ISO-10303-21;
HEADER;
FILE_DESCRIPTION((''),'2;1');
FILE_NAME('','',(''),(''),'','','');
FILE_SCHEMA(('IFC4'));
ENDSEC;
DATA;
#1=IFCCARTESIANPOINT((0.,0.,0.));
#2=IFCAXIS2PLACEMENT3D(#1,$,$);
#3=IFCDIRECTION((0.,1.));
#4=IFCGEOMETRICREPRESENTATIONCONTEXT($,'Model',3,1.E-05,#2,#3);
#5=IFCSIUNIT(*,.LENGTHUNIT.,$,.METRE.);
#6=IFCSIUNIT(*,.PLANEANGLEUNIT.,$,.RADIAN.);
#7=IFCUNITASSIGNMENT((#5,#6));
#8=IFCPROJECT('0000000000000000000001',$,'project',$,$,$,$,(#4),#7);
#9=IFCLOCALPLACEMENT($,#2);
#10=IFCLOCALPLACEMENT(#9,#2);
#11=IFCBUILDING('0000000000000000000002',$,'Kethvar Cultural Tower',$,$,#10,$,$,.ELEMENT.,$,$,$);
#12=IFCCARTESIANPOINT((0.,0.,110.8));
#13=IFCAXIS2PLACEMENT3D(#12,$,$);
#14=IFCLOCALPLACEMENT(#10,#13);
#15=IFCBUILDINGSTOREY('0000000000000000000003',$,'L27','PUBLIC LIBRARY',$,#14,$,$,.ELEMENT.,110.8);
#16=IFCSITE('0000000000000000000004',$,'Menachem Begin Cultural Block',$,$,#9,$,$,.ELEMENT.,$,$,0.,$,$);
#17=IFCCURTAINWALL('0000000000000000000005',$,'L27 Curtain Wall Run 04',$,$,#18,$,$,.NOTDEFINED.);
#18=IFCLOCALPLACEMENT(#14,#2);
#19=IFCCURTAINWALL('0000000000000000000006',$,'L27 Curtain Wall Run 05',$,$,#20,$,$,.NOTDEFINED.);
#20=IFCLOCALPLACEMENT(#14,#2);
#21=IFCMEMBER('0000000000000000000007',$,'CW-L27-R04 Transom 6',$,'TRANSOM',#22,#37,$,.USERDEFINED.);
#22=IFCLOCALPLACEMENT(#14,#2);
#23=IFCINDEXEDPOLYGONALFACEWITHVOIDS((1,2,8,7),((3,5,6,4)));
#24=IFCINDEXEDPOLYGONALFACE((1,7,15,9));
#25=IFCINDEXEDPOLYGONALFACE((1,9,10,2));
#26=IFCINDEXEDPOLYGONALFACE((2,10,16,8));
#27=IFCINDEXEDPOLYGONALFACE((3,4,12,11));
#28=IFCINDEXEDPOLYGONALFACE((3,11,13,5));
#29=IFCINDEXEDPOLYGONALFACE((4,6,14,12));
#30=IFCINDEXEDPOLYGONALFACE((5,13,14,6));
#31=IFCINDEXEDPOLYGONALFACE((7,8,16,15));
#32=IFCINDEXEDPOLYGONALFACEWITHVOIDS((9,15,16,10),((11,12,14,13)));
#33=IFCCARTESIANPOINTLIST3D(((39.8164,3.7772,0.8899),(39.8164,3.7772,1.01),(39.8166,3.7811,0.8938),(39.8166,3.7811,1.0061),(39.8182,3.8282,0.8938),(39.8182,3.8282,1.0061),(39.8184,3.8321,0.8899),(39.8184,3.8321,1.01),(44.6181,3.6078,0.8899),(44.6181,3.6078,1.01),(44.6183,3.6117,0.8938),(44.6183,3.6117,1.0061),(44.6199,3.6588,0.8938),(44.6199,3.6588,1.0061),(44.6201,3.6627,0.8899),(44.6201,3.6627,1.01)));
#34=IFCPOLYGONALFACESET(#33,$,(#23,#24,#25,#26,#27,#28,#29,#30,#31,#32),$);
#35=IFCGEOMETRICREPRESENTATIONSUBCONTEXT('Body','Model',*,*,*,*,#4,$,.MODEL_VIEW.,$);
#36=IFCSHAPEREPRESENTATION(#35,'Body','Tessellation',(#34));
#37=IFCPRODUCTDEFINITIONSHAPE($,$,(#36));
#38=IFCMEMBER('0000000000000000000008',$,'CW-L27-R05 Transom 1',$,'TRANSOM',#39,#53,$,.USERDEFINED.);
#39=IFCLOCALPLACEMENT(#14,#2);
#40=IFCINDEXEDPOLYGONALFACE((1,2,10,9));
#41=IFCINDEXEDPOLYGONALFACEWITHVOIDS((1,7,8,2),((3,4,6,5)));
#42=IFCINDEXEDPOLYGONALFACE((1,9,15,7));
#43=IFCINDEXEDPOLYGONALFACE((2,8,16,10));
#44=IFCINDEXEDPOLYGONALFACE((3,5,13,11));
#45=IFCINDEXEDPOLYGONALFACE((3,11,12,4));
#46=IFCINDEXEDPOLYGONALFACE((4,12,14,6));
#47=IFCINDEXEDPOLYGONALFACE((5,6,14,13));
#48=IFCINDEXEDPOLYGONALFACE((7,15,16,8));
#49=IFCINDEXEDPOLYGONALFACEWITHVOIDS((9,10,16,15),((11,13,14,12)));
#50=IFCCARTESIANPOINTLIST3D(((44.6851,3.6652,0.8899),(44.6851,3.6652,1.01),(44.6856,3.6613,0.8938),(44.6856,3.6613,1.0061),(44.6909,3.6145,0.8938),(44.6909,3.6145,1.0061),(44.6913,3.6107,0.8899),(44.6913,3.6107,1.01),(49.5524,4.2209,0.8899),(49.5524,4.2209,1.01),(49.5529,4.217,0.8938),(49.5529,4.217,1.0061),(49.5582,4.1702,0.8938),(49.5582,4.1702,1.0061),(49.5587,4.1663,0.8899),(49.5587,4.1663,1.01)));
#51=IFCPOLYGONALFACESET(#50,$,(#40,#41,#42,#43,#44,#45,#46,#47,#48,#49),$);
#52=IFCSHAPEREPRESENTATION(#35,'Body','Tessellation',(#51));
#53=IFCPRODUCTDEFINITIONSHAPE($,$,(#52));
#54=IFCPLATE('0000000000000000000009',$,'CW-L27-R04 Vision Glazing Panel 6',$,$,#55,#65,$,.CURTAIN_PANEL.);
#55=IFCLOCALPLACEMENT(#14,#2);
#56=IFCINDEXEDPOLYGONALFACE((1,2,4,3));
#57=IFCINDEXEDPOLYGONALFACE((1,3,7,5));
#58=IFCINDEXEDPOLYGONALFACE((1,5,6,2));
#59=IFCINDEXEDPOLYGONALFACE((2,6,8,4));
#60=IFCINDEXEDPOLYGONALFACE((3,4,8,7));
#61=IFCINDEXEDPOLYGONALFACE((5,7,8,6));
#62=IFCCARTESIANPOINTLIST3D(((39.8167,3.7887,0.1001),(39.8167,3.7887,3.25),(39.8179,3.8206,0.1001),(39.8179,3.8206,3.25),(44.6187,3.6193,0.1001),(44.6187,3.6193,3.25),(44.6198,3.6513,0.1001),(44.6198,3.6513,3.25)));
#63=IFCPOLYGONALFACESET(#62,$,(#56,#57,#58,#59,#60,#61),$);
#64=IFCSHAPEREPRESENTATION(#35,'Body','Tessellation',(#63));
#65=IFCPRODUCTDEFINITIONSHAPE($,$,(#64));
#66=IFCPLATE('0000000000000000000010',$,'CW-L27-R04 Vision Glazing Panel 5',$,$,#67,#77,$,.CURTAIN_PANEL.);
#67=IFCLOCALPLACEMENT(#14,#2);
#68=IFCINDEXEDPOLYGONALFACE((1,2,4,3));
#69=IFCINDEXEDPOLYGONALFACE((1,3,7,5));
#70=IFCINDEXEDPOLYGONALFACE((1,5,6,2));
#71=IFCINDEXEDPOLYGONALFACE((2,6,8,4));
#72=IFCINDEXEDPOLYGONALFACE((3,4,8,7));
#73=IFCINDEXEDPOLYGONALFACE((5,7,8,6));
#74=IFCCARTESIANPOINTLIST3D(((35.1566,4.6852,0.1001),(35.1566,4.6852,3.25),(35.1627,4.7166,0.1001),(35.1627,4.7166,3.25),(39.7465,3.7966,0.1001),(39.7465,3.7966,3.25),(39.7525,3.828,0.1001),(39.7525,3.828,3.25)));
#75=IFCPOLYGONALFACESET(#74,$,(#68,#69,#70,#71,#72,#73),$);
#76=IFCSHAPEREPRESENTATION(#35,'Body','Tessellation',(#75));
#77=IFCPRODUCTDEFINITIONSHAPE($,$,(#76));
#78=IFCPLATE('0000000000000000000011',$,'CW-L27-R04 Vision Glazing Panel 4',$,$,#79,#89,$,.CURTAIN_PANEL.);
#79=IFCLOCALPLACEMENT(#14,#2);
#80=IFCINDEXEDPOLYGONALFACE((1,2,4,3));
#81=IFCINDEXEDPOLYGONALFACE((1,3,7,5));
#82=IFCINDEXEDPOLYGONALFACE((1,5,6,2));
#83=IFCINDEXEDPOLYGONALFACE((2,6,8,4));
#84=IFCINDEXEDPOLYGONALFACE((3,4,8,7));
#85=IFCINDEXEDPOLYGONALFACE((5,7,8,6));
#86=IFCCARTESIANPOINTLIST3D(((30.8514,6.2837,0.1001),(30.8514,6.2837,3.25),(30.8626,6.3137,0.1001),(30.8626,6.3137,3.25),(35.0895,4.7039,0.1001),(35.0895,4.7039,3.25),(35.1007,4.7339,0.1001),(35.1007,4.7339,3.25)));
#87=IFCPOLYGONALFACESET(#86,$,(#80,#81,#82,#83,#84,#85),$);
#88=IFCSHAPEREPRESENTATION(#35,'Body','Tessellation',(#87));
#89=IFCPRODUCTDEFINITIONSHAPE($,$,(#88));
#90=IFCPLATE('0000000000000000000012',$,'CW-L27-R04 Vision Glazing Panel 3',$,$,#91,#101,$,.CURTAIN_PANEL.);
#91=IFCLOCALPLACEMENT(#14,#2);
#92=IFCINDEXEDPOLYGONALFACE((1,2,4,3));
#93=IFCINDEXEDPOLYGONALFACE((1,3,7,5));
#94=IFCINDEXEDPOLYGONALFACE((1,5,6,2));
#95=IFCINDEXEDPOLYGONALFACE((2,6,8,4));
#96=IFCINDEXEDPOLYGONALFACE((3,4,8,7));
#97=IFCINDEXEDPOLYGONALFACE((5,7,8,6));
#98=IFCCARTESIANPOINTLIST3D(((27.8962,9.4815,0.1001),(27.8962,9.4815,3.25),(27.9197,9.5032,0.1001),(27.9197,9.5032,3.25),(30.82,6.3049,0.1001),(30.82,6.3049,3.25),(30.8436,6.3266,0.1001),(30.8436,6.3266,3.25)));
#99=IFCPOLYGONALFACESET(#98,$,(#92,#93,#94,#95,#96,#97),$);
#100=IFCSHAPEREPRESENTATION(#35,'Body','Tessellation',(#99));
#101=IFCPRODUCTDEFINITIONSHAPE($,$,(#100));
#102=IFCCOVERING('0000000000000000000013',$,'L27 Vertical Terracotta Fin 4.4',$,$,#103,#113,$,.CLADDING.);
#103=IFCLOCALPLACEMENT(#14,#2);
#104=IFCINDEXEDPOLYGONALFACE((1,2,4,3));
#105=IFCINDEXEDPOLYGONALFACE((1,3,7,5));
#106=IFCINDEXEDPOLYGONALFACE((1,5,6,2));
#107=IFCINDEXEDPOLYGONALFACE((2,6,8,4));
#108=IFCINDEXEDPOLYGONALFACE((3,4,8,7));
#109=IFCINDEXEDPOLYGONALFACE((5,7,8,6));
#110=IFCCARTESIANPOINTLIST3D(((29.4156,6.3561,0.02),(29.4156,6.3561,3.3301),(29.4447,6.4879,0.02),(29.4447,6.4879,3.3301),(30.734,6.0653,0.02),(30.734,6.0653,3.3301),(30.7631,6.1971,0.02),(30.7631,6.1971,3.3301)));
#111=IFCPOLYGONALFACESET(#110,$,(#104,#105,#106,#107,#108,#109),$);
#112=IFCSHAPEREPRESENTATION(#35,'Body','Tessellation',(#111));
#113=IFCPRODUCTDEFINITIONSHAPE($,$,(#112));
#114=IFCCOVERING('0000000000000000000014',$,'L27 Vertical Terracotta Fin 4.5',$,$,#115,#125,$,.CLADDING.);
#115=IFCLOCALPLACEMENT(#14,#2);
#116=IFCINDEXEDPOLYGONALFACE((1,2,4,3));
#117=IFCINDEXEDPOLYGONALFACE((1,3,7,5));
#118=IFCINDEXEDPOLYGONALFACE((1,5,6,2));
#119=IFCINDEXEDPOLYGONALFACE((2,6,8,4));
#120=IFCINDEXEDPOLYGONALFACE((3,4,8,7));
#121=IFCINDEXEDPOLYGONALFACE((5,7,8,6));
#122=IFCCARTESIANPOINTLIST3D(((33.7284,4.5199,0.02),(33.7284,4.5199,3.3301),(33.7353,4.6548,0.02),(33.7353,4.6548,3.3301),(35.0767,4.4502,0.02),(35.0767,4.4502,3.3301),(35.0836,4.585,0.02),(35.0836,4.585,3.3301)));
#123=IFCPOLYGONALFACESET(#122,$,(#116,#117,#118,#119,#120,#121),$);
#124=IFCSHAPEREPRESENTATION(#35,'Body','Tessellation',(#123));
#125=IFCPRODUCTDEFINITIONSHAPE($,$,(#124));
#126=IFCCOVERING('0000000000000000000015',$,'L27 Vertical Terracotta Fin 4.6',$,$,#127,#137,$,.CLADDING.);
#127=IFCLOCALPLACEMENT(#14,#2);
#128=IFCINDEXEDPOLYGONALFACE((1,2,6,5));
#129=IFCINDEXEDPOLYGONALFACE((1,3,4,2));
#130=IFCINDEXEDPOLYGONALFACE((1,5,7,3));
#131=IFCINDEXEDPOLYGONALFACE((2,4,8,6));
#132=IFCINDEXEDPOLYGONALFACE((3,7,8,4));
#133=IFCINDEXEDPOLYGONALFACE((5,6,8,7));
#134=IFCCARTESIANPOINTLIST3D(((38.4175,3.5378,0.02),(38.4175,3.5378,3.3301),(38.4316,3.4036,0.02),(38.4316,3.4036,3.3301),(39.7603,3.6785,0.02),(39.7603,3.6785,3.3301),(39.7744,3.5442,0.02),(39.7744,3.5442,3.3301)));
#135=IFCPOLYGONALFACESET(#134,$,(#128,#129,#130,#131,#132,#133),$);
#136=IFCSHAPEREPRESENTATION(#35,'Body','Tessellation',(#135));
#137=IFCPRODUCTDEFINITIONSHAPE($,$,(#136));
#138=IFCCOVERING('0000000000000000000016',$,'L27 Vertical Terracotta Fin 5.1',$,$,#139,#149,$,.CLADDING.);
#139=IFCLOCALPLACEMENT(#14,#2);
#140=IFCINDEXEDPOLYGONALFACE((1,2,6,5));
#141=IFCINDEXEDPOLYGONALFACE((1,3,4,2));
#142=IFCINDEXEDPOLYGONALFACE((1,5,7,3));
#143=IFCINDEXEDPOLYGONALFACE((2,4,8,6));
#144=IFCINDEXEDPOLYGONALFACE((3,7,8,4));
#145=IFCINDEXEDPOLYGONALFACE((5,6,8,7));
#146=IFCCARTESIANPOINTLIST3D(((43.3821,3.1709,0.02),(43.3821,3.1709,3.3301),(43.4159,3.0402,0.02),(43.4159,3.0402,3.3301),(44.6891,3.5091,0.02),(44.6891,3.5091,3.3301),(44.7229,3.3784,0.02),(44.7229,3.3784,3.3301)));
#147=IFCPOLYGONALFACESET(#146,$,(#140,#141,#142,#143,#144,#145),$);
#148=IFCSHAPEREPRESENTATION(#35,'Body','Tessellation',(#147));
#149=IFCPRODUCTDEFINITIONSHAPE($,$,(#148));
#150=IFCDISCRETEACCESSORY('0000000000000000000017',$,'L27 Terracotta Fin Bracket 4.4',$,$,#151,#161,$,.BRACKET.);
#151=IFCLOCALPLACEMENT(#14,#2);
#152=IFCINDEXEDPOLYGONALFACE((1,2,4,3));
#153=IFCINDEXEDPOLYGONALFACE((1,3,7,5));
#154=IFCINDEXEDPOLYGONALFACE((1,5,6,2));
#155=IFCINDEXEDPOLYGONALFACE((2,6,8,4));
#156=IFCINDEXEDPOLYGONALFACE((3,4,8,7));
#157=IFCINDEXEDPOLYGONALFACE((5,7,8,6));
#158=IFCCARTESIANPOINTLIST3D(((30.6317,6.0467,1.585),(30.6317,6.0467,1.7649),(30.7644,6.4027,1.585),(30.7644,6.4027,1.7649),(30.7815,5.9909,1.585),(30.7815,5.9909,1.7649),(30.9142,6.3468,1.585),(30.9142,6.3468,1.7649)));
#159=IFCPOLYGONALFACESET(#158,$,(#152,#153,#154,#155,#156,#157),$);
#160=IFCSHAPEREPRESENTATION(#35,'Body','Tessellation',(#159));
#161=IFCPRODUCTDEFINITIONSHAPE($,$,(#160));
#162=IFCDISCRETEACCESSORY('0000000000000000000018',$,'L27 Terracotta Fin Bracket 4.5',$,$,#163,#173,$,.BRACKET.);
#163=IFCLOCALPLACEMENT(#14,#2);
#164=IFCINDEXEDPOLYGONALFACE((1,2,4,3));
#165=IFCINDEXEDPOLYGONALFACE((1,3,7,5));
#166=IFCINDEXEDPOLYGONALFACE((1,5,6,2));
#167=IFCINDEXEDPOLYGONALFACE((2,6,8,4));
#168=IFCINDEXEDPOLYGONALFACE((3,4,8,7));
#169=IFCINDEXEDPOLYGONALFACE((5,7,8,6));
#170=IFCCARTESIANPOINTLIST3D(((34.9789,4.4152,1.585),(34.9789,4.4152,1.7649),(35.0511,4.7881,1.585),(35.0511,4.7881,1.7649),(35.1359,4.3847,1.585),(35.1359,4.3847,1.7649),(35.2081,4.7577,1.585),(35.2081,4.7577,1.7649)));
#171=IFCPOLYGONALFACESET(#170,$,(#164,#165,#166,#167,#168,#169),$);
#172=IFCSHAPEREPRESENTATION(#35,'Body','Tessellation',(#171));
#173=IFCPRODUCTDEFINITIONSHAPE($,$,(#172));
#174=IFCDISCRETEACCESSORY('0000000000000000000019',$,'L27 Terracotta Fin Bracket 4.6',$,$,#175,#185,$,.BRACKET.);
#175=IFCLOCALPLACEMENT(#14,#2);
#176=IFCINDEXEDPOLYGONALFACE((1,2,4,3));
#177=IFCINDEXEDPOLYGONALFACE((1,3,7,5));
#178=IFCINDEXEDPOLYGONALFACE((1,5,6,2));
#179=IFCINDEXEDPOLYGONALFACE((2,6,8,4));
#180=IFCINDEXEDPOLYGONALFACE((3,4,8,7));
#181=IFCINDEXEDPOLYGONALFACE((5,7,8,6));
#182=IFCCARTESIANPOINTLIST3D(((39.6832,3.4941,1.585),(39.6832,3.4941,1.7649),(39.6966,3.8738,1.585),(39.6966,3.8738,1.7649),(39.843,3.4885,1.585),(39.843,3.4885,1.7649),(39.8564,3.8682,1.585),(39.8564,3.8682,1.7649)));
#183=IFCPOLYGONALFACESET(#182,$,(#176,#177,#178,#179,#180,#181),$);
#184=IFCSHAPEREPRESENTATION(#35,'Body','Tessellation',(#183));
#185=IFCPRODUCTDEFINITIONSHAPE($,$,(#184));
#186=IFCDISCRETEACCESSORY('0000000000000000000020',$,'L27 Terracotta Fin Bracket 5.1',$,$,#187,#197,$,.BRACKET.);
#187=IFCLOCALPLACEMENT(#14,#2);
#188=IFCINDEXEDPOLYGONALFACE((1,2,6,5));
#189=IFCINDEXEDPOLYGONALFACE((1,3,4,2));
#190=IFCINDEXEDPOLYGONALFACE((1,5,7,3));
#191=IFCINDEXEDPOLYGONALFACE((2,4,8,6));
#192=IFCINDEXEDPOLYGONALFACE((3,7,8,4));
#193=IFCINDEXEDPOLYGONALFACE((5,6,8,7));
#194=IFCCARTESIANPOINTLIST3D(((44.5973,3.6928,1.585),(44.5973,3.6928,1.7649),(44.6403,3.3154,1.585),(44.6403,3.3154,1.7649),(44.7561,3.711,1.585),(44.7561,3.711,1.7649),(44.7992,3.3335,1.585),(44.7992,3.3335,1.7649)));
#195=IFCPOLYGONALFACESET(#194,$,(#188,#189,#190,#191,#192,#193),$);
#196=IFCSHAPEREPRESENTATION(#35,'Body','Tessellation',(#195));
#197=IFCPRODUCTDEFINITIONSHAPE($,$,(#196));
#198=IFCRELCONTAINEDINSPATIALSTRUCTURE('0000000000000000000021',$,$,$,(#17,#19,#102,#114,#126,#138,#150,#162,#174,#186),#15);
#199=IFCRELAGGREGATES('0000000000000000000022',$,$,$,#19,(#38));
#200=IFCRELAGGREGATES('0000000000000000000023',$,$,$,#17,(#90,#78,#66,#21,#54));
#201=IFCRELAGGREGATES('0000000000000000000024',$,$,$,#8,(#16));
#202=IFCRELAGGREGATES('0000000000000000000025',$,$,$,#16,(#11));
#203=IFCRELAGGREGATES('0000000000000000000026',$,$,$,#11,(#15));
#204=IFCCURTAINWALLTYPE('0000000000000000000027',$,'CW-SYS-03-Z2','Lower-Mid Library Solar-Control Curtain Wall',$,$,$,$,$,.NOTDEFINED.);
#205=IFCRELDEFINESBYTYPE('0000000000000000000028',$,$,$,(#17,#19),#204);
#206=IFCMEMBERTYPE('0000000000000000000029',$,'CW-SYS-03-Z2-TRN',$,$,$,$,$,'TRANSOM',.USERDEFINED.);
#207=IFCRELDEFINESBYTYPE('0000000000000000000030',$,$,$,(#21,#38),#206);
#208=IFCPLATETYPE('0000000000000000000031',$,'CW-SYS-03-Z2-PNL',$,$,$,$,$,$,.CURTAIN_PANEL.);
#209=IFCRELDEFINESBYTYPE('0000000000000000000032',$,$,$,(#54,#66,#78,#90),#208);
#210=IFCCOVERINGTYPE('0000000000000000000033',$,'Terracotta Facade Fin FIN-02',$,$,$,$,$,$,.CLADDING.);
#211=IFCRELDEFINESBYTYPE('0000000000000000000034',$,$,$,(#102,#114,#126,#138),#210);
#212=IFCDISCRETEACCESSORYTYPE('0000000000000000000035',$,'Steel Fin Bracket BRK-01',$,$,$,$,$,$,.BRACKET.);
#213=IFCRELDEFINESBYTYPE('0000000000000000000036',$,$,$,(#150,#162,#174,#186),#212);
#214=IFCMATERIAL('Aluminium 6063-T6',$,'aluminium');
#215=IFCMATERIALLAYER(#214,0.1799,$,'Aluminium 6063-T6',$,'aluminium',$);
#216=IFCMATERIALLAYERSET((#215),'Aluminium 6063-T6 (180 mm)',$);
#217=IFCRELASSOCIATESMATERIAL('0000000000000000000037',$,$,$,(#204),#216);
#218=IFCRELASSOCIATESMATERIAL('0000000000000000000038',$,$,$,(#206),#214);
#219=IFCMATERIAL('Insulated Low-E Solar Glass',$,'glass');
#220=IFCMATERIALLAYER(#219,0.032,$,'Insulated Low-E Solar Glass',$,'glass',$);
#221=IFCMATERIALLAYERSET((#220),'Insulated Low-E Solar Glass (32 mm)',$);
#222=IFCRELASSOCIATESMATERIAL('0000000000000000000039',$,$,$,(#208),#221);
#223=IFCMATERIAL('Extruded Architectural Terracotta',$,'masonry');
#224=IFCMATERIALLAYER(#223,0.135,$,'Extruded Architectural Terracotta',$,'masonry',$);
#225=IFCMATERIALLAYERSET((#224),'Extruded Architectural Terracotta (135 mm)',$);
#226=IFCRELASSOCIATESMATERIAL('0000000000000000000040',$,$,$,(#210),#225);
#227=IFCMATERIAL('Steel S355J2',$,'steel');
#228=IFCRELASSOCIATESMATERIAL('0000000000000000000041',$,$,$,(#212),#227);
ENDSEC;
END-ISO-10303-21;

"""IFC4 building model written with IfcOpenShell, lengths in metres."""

from ifc_helpers import new_model, si_unit, direction, frame, origin, origin_2d, place, context, subcontext, project, spatial, rectangle, hollow_rectangle, extrude, source, transform, mapped, material, layer, layer_set, material_profile, profile_set, type_object, element, aggregate, save


model = new_model("IFC4")

# Units and contexts
model_context = context("Model", 3, precision=1e-05, world=origin(), true_north=direction((0.0, 1.0)))
body_context = subcontext(model_context, "Body", "Model", "MODEL_VIEW")
ifc_project = project(units=[si_unit("LENGTHUNIT", "METRE"), si_unit("PLANEANGLEUNIT", "RADIAN")], contexts=[model_context])

# Site, building, storey
site_placement = place(None, origin())
site = spatial("IfcSite", under=ifc_project, at=site_placement, Name="Menachem Begin Cultural Block", CompositionType="ELEMENT", RefElevation=0.0)
building_placement = place(site_placement, origin())
building = spatial("IfcBuilding", under=site, at=building_placement, Name="Kethvar Cultural Tower", CompositionType="ELEMENT")
storey_placement = place(building_placement, frame((0.0, 0.0, 110.8)))
storey = spatial("IfcBuildingStorey", under=building, at=storey_placement, Name="L27", Description="PUBLIC LIBRARY", CompositionType="ELEMENT", Elevation=110.8)

# Shared definitions
ifc_material_1 = material(Name="Steel S355J2", Category="steel")

# Curtain wall
ifc_material_2 = material(Name="Aluminium 6063-T6", Category="aluminium")
ifc_layer_1 = layer(ifc_material_2, 0.1799, Name="Aluminium 6063-T6", Category="aluminium")
ifc_layer_set_1 = layer_set([ifc_layer_1], Name="Aluminium 6063-T6 (180 mm)")
curtain_wall_type = type_object("IfcCurtainWallType", Name="CW-SYS-03-Z2", Description="Lower-Mid Library Solar-Control Curtain Wall", PredefinedType="NOTDEFINED", material=ifc_layer_set_1)
curtain_wall_1_placement = place(storey_placement, origin())
curtain_wall_1 = element("IfcCurtainWall", 1, at=curtain_wall_1_placement, inside=storey, type_object=curtain_wall_type, Name="L27 Curtain Wall Run 04", PredefinedType="NOTDEFINED")

# Curtain wall
curtain_wall_2_placement = place(storey_placement, origin())
curtain_wall_2 = element("IfcCurtainWall", 2, at=curtain_wall_2_placement, inside=storey, type_object=curtain_wall_type, Name="L27 Curtain Wall Run 05", PredefinedType="NOTDEFINED")

# Members
ifc_material_profile_1 = material_profile(ifc_material_2, hollow_rectangle(XDim=0.0549, YDim=0.1201, WallThickness=0.0039, at=origin_2d()), Name="Aluminium 6063-T6 — RHS120x55x4")
ifc_profile_set_1 = profile_set([ifc_material_profile_1], Name="Aluminium 6063-T6 — RHS120x55x4")
member_type_1 = type_object("IfcMemberType", Name="CW-SYS-03-Z2-TRN", ElementType="TRANSOM", PredefinedType="USERDEFINED", material=ifc_profile_set_1)
shared_shape_1 = source(origin(), body_context, "Body", "SweptSolid", [
    extrude(hollow_rectangle(XDim=0.0549, YDim=0.1201, WallThickness=0.0039, at=origin_2d()), origin(), (0.0, 0.0, 1.0), 4.8047),
])
member_1_placement = place(storey_placement, frame((39.8174, 3.8047, 0.95), z_axis=(0.999378, -0.035264, 0.0), x_axis=(0.035264, 0.999378, 0.0)))
member_1 = element("IfcMember", 3, at=member_1_placement, type_object=member_type_1, Name="CW-L27-R04 Transom 6", ObjectType="TRANSOM", PredefinedType="USERDEFINED", context=body_context, shape_type="MappedRepresentation", body=[
    mapped(shared_shape_1, transform((0.0, 0.0, 0.0), scale=1.0)),
])
shared_shape_2 = source(origin(), body_context, "Body", "SweptSolid", [
    extrude(hollow_rectangle(XDim=0.0549, YDim=0.1201, WallThickness=0.0039, at=origin_2d()), origin(), (0.0, 0.0, 1.0), 4.8989),
])
member_2_placement = place(storey_placement, frame((44.6882, 3.6379, 0.95), z_axis=(0.993547, 0.113423, 0.0), x_axis=(-0.113423, 0.993547, 0.0)))
member_2 = element("IfcMember", 4, at=member_2_placement, type_object=member_type_1, Name="CW-L27-R05 Transom 1", ObjectType="TRANSOM", PredefinedType="USERDEFINED", context=body_context, shape_type="MappedRepresentation", body=[
    mapped(shared_shape_2, transform((0.0, 0.0, 0.0), scale=1.0)),
])
aggregate(curtain_wall_2, [member_2])

# Plates
ifc_material_3 = material(Name="Insulated Low-E Solar Glass", Category="glass")
ifc_layer_2 = layer(ifc_material_3, 0.032, Name="Insulated Low-E Solar Glass", Category="glass")
ifc_layer_set_2 = layer_set([ifc_layer_2], Name="Insulated Low-E Solar Glass (32 mm)")
plate_type = type_object("IfcPlateType", Name="CW-SYS-03-Z2-PNL", PredefinedType="CURTAIN_PANEL", material=ifc_layer_set_2)
shared_shape_3 = source(origin(), body_context, "Body", "SweptSolid", [
    extrude(rectangle(XDim=4.8049, YDim=0.032, at=origin_2d()), origin(), (0.0, 0.0, 1.0), 3.1499),
])
plate_1_placement = place(storey_placement, frame((42.2183, 3.72, 0.1001), z_axis=(0.0, 0.0, 1.0), x_axis=(0.999379, -0.035248, 0.0)))
plate_1 = element("IfcPlate", 5, at=plate_1_placement, type_object=plate_type, Name="CW-L27-R04 Vision Glazing Panel 6", PredefinedType="CURTAIN_PANEL", context=body_context, shape_type="MappedRepresentation", body=[
    mapped(shared_shape_3, transform((0.0, 0.0, 0.0), scale=1.0)),
])
shared_shape_4 = source(origin(), body_context, "Body", "SweptSolid", [
    extrude(rectangle(XDim=4.675, YDim=0.032, at=origin_2d()), origin(), (0.0, 0.0, 1.0), 3.1499),
])
plate_2_placement = place(storey_placement, frame((37.4546, 4.2566, 0.1001), z_axis=(0.0, 0.0, 1.0), x_axis=(0.98177, -0.190072, 0.0)))
plate_2 = element("IfcPlate", 6, at=plate_2_placement, type_object=plate_type, Name="CW-L27-R04 Vision Glazing Panel 5", PredefinedType="CURTAIN_PANEL", context=body_context, shape_type="MappedRepresentation", body=[
    mapped(shared_shape_4, transform((0.0, 0.0, 0.0), scale=1.0)),
])
shared_shape_5 = source(origin(), body_context, "Body", "SweptSolid", [
    extrude(rectangle(XDim=4.5229, YDim=0.032, at=origin_2d()), origin(), (0.0, 0.0, 1.0), 3.1499),
])
plate_3_placement = place(storey_placement, frame((32.9761, 5.5088, 0.1001), z_axis=(0.0, 0.0, 1.0), x_axis=(0.93702, -0.349275, 0.0)))
plate_3 = element("IfcPlate", 7, at=plate_3_placement, type_object=plate_type, Name="CW-L27-R04 Vision Glazing Panel 4", PredefinedType="CURTAIN_PANEL", context=body_context, shape_type="MappedRepresentation", body=[
    mapped(shared_shape_5, transform((0.0, 0.0, 0.0), scale=1.0)),
])
shared_shape_6 = source(origin(), body_context, "Body", "SweptSolid", [
    extrude(rectangle(XDim=4.3174, YDim=0.032, at=origin_2d()), origin(), (0.0, 0.0, 1.0), 3.1499),
])
plate_4_placement = place(storey_placement, frame((29.3699, 7.9041, 0.1001), z_axis=(0.0, 0.0, 1.0), x_axis=(0.677236, -0.735766, 0.0)))
plate_4 = element("IfcPlate", 8, at=plate_4_placement, type_object=plate_type, Name="CW-L27-R04 Vision Glazing Panel 3", PredefinedType="CURTAIN_PANEL", context=body_context, shape_type="MappedRepresentation", body=[
    mapped(shared_shape_6, transform((0.0, 0.0, 0.0), scale=1.0)),
])
aggregate(curtain_wall_1, [plate_4, plate_3, plate_2, member_1, plate_1])

# Coverings
ifc_material_4 = material(Name="Extruded Architectural Terracotta", Category="masonry")
ifc_layer_3 = layer(ifc_material_4, 0.135, Name="Extruded Architectural Terracotta", Category="masonry")
ifc_layer_set_3 = layer_set([ifc_layer_3], Name="Extruded Architectural Terracotta (135 mm)")
covering_type = type_object("IfcCoveringType", Name="Terracotta Facade Fin FIN-02", PredefinedType="CLADDING", material=ifc_layer_set_3)
shared_shape_7 = source(origin(), body_context, "Body", "SweptSolid", [
    extrude(rectangle(XDim=1.3501, YDim=0.135, at=origin_2d()), origin(), (0.0, 0.0, 1.0), 3.3101),
])
for number, where, z_axis, x_axis, name in (
    (9, (30.0894, 6.2766, 0.02), (0.0, 0.0, 1.0), (-0.976522, 0.215417, 0.0), "L27 Vertical Terracotta Fin 4.4"),
    (10, (34.406, 4.5525, 0.02), (0.0, 0.0, 1.0), (-0.998666, 0.051639, 0.0), "L27 Vertical Terracotta Fin 4.5"),
    (11, (39.0959, 3.541, 0.02), (0.0, 0.0, 1.0), (-0.994558, -0.104181, 0.0), "L27 Vertical Terracotta Fin 4.6"),
    (12, (44.0525, 3.2747, 0.02), (0.0, 0.0, 1.0), (-0.968104, -0.250549, 0.0), "L27 Vertical Terracotta Fin 5.1"),
):
    element("IfcCovering", number, at=place(storey_placement, frame(where, z_axis=z_axis, x_axis=x_axis)), inside=storey, type_object=covering_type, Name=name, PredefinedType="CLADDING", context=body_context, shape_type="MappedRepresentation", body=[
        mapped(shared_shape_7, transform((0.0, 0.0, 0.0), scale=1.0)),
    ])

# Discrete accessories
discrete_accessory_type = type_object("IfcDiscreteAccessoryType", Name="Steel Fin Bracket BRK-01", PredefinedType="BRACKET", material=ifc_material_1)
shared_shape_8 = source(origin(), body_context, "Body", "SweptSolid", [
    extrude(rectangle(XDim=0.3799, YDim=0.1599, at=origin_2d()), origin(), (0.0, 0.0, 1.0), 0.1799),
])
for number, where, z_axis, x_axis, name in (
    (13, (30.7729, 6.1968, 1.585), (0.0, 0.0, 1.0), (-0.349226, -0.937038, 0.0), "L27 Terracotta Fin Bracket 4.4"),
    (14, (35.0935, 4.5864, 1.585), (0.0, 0.0, 1.0), (-0.190124, -0.98176, 0.0), "L27 Terracotta Fin Bracket 4.5"),
    (15, (39.7698, 3.6812, 1.585), (0.0, 0.0, 1.0), (-0.035248, -0.999379, 0.0), "L27 Terracotta Fin Bracket 4.6"),
    (16, (44.6982, 3.5132, 1.585), (0.0, 0.0, 1.0), (0.113377, -0.993552, 0.0), "L27 Terracotta Fin Bracket 5.1"),
):
    element("IfcDiscreteAccessory", number, at=place(storey_placement, frame(where, z_axis=z_axis, x_axis=x_axis)), inside=storey, type_object=discrete_accessory_type, Name=name, PredefinedType="BRACKET", context=body_context, shape_type="MappedRepresentation", body=[
        mapped(shared_shape_8, transform((0.0, 0.0, 0.0), scale=1.0)),
    ])

save(model, "model.ifc")
